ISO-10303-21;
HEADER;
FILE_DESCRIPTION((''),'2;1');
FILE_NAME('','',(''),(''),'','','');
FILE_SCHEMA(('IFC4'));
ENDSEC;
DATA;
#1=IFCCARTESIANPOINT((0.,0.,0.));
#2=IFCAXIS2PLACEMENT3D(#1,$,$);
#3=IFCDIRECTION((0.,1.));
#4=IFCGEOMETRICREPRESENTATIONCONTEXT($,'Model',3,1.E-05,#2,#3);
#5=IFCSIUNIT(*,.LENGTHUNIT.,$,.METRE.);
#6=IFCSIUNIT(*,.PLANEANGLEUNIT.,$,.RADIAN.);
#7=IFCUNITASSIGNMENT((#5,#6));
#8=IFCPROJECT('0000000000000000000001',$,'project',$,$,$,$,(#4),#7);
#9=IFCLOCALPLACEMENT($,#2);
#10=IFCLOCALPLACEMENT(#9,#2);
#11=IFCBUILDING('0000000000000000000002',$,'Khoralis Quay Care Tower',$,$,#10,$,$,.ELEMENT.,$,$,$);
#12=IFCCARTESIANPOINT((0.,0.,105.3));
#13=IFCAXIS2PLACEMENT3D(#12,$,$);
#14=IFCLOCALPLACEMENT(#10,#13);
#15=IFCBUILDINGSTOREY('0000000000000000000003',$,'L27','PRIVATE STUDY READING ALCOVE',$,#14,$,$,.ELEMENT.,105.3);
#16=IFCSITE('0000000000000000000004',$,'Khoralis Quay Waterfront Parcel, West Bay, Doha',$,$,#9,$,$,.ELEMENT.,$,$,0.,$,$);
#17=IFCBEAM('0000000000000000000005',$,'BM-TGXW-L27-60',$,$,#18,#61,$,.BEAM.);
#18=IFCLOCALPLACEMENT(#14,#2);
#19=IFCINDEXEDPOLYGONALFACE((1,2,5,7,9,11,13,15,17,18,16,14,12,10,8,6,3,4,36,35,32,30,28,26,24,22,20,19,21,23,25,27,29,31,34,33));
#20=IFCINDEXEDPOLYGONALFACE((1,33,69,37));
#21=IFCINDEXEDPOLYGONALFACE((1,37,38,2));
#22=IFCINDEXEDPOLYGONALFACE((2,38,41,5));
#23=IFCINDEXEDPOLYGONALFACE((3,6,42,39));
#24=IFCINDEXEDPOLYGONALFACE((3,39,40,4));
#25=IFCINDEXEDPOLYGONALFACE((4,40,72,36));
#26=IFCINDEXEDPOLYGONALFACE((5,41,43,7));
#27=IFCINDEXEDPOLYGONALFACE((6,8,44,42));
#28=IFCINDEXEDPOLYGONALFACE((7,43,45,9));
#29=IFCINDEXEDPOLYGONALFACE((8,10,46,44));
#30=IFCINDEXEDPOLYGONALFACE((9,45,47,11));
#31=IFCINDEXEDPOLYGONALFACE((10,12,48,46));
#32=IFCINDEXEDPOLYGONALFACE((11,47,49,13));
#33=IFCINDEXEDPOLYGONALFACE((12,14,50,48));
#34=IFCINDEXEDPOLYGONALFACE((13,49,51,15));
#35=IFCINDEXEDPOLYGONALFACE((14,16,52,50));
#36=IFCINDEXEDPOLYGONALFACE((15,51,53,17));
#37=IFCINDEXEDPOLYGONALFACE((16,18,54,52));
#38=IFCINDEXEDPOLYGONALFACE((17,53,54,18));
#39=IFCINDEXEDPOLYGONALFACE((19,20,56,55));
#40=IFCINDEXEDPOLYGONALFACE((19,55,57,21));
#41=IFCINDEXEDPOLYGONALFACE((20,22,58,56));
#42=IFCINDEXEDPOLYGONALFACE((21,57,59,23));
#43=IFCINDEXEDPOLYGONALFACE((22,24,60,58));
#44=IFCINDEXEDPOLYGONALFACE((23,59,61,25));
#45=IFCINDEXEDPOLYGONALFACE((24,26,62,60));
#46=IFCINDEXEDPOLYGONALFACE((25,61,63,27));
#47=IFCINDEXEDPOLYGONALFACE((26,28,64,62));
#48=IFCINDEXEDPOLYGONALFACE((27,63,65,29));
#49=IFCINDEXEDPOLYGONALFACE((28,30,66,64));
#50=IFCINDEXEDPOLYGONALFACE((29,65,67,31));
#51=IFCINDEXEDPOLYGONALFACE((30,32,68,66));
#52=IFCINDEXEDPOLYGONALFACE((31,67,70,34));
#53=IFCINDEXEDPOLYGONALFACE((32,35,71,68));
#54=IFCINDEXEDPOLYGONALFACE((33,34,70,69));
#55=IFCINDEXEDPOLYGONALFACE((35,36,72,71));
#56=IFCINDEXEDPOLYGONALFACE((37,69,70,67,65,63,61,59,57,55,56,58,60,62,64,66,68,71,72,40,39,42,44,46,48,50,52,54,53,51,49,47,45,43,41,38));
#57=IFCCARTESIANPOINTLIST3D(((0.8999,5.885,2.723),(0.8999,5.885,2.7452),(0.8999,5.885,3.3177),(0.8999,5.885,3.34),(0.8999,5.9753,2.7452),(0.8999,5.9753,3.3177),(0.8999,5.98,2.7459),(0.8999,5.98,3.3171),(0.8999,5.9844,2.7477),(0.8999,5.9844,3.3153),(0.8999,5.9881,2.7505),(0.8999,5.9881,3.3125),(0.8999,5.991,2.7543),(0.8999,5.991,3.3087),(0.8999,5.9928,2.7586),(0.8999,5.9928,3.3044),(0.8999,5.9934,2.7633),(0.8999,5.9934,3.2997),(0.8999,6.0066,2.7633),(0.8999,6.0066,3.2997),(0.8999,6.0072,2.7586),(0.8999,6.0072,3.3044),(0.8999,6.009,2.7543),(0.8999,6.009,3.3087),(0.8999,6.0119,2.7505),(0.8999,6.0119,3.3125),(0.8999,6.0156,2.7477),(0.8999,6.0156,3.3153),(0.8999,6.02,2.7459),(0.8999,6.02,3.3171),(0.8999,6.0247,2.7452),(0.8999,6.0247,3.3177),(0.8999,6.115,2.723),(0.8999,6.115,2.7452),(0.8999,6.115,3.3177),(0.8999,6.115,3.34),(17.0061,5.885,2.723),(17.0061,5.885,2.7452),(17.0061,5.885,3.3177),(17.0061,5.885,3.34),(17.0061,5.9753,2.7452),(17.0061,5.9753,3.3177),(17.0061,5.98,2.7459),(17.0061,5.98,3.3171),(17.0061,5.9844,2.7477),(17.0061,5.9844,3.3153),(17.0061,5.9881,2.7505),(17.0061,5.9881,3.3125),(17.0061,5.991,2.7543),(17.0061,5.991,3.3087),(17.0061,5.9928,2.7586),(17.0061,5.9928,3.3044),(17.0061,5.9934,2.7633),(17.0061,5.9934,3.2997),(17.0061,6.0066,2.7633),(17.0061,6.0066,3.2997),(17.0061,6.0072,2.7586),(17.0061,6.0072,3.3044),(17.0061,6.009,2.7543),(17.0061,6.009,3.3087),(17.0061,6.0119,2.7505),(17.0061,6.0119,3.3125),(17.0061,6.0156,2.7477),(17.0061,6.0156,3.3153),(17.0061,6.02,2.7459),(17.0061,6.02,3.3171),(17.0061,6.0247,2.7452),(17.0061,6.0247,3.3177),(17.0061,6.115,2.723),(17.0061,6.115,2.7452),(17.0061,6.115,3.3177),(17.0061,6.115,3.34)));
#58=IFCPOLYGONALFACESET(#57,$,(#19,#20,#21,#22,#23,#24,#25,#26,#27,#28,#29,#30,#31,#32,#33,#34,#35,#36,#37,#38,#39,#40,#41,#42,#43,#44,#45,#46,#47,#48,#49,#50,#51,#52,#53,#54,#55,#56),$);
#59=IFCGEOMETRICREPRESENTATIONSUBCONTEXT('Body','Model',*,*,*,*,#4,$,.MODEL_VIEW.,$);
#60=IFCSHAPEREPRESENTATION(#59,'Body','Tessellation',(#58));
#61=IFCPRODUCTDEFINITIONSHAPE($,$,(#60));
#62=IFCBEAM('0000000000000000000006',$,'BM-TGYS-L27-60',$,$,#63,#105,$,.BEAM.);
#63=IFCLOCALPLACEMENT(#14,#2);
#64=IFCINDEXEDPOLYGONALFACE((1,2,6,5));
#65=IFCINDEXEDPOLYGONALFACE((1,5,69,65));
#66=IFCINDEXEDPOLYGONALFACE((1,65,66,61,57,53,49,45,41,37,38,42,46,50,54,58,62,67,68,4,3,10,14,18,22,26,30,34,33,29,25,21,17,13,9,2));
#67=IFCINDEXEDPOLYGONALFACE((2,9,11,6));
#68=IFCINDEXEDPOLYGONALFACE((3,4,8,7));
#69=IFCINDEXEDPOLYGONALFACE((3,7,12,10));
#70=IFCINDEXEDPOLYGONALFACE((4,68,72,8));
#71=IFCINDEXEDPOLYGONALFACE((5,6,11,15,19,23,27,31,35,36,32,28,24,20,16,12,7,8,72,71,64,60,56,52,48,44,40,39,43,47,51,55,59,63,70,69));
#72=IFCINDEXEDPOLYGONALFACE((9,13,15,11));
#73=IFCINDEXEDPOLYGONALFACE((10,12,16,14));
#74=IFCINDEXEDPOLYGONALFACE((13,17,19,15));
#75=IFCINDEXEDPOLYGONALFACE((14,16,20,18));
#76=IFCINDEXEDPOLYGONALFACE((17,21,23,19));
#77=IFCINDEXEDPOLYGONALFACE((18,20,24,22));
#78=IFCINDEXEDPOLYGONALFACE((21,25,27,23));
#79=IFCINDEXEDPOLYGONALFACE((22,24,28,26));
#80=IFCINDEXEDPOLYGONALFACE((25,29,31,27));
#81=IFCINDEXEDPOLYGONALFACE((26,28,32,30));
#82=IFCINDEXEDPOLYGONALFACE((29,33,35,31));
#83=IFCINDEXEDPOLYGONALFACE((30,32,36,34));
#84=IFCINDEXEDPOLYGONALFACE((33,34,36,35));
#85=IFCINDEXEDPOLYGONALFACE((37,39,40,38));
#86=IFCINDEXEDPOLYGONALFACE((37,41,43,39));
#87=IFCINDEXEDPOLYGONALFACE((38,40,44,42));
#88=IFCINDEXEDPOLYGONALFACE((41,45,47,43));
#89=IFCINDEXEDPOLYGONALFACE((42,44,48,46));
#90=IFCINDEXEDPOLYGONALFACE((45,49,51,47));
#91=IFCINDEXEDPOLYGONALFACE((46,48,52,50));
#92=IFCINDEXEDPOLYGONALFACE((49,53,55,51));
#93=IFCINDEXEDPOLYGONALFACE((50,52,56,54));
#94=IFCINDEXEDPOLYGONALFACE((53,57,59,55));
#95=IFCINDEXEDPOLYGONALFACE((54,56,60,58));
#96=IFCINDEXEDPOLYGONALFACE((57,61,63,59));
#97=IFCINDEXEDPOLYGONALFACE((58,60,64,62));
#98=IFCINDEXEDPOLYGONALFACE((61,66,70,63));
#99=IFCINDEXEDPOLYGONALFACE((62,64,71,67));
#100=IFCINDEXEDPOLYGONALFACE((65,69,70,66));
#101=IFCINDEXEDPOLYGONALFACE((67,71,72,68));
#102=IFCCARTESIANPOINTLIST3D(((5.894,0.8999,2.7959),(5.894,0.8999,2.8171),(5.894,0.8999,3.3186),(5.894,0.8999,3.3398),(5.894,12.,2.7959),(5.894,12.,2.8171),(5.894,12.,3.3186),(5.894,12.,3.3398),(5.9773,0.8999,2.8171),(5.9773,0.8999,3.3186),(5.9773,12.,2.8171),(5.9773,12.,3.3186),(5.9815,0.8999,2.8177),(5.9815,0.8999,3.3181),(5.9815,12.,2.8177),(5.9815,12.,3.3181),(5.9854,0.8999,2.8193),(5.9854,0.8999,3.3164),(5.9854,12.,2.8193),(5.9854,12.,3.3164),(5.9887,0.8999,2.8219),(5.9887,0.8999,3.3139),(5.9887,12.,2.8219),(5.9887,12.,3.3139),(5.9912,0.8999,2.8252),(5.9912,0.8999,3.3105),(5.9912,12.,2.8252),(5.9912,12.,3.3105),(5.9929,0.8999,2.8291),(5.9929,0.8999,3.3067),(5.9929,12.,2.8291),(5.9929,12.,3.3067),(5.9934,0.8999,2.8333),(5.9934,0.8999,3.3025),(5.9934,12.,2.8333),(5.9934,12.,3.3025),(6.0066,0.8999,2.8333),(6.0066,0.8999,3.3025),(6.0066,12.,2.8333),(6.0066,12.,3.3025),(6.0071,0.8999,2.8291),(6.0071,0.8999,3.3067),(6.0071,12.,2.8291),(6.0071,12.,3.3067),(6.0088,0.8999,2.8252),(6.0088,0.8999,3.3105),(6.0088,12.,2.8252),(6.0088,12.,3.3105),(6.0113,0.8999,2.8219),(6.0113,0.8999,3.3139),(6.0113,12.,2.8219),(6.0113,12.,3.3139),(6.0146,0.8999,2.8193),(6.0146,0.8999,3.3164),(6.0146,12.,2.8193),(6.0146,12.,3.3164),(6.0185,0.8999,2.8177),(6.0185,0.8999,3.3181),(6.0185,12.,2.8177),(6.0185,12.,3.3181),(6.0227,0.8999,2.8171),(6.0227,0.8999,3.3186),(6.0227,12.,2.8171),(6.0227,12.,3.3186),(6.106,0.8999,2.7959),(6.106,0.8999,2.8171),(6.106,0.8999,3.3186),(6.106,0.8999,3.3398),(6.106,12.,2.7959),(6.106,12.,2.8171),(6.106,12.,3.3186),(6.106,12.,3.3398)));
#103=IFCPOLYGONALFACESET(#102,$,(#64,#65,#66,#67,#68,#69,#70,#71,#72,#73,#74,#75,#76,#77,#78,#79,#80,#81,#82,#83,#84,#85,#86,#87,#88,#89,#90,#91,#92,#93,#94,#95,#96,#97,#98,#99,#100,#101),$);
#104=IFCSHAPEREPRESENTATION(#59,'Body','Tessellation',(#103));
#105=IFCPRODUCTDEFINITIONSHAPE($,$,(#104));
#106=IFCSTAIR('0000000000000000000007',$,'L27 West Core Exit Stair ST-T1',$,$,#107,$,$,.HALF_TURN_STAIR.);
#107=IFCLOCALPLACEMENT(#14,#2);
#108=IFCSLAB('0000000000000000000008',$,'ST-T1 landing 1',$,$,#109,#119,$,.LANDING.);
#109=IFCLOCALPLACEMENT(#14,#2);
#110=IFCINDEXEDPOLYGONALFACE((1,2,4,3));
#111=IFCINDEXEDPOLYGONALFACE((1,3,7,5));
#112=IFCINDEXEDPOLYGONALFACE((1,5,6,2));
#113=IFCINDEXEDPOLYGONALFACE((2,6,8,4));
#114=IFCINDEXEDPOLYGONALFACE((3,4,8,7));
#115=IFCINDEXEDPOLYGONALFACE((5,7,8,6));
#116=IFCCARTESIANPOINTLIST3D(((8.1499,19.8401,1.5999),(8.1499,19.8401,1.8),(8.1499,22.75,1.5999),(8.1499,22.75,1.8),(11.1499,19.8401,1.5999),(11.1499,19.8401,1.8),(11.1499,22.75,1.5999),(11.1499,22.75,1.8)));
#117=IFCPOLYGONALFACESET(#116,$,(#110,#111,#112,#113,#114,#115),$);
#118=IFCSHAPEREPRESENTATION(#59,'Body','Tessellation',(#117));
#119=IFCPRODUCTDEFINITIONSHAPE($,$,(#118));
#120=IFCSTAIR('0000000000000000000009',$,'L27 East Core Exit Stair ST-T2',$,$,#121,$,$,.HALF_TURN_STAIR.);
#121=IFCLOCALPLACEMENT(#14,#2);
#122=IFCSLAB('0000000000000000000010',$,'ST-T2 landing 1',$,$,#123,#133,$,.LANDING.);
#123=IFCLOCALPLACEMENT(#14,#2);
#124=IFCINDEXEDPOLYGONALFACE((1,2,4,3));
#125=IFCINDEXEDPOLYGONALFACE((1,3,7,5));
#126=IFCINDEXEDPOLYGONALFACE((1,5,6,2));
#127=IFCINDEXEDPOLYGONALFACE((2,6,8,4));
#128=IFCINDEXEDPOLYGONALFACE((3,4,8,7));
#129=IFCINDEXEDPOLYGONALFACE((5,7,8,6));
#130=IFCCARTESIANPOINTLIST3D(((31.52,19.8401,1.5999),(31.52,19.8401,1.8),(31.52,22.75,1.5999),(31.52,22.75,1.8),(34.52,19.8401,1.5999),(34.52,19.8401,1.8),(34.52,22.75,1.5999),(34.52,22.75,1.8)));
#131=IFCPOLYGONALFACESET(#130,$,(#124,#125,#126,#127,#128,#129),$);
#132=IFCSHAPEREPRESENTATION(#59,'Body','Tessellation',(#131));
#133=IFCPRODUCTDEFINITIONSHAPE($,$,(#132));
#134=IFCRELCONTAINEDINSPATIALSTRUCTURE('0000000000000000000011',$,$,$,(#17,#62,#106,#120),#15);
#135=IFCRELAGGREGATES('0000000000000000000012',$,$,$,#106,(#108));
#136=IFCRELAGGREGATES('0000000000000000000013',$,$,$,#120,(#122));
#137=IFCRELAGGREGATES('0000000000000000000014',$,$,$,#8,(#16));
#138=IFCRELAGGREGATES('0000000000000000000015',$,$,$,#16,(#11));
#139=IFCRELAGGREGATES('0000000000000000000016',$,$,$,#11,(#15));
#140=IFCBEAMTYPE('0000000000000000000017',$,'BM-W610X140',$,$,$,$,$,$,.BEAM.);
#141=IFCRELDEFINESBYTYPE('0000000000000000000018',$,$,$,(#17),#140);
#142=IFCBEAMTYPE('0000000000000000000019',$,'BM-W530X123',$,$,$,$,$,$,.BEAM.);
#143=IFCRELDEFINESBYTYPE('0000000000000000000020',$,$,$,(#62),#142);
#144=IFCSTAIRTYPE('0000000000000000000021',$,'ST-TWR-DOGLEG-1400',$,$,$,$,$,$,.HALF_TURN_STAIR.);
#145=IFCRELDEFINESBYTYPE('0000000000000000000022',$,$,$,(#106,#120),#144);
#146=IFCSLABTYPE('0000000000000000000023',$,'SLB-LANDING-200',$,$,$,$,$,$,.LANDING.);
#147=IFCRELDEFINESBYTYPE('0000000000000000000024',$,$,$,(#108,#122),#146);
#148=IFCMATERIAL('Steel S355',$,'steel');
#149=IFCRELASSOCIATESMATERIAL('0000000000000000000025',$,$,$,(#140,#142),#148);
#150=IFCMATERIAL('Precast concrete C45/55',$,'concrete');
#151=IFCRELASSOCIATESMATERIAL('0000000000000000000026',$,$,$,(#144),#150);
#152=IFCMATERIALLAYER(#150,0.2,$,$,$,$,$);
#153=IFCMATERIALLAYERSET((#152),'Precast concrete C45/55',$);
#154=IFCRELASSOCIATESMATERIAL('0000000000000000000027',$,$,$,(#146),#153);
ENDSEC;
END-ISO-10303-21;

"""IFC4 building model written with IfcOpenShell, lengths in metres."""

from ifc_helpers import new_model, si_unit, direction, frame, origin, origin_2d, place, context, subcontext, project, spatial, polyline, i_section, outline, extrude, source, transform, mapped, material, layer, layer_set, material_profile, profile_set, type_object, element, aggregate, save


model = new_model("IFC4")

# Units and contexts
model_context = context("Model", 3, precision=1e-05, world=origin(), true_north=direction((0.0, 1.0)))
body_context = subcontext(model_context, "Body", "Model", "MODEL_VIEW")
ifc_project = project(units=[si_unit("LENGTHUNIT", "METRE"), si_unit("PLANEANGLEUNIT", "RADIAN")], contexts=[model_context])

# Site, building, storey
site_placement = place(None, origin())
site = spatial("IfcSite", under=ifc_project, at=site_placement, Name="Khoralis Quay Waterfront Parcel, West Bay, Doha", CompositionType="ELEMENT", RefElevation=0.0)
building_placement = place(site_placement, origin())
building = spatial("IfcBuilding", under=site, at=building_placement, Name="Khoralis Quay Care Tower", CompositionType="ELEMENT")
storey_placement = place(building_placement, frame((0.0, 0.0, 105.3)))
storey = spatial("IfcBuildingStorey", under=building, at=storey_placement, Name="L27", Description="PRIVATE STUDY READING ALCOVE", CompositionType="ELEMENT", Elevation=105.3)

# Beams
ifc_material_1 = material(Name="Steel S355", Category="steel")
ifc_material_profile_1 = material_profile(ifc_material_1, i_section(OverallWidth=0.23, OverallDepth=0.6169, WebThickness=0.0132, FlangeThickness=0.0222, FilletRadius=0.0181, at=origin_2d()), Name="Steel S355")
ifc_profile_set_1 = profile_set([ifc_material_profile_1], Name="Steel S355")
beam_type_1 = type_object("IfcBeamType", Name="BM-W610X140", PredefinedType="BEAM", material=ifc_profile_set_1)
shared_shape_1 = source(origin(), body_context, "Body", "SweptSolid", [
    extrude(i_section(OverallWidth=0.23, OverallDepth=0.6169, WebThickness=0.0132, FlangeThickness=0.0222, FilletRadius=0.0181, at=origin_2d()), origin(), (0.0, 0.0, 1.0), 16.1062),
])
beam_1_placement = place(storey_placement, frame((0.8999, 6.0, 3.0315), z_axis=(1.0, 0.0, 0.0), x_axis=(0.0, 1.0, 0.0)))
element("IfcBeam", 1, at=beam_1_placement, inside=storey, type_object=beam_type_1, Name="BM-TGXW-L27-60", PredefinedType="BEAM", context=body_context, shape_type="MappedRepresentation", body=[
    mapped(shared_shape_1, transform((0.0, 0.0, 0.0), scale=1.0)),
])
ifc_material_profile_2 = material_profile(ifc_material_1, i_section(OverallWidth=0.2119, OverallDepth=0.5439, WebThickness=0.0132, FlangeThickness=0.0212, FilletRadius=0.0161, at=origin_2d()), Name="Steel S355")
ifc_profile_set_2 = profile_set([ifc_material_profile_2], Name="Steel S355")
beam_type_2 = type_object("IfcBeamType", Name="BM-W530X123", PredefinedType="BEAM", material=ifc_profile_set_2)
shared_shape_2 = source(origin(), body_context, "Body", "SweptSolid", [
    extrude(i_section(OverallWidth=0.2119, OverallDepth=0.5439, WebThickness=0.0132, FlangeThickness=0.0212, FilletRadius=0.0161, at=origin_2d()), origin(), (0.0, 0.0, 1.0), 11.1001),
])
beam_2_placement = place(storey_placement, frame((6.0, 0.8999, 3.0679), z_axis=(0.0, 1.0, 0.0), x_axis=(-1.0, 0.0, 0.0)))
element("IfcBeam", 2, at=beam_2_placement, inside=storey, type_object=beam_type_2, Name="BM-TGYS-L27-60", PredefinedType="BEAM", context=body_context, shape_type="MappedRepresentation", body=[
    mapped(shared_shape_2, transform((0.0, 0.0, 0.0), scale=1.0)),
])

# Stairs, slabs
ifc_material_2 = material(Name="Precast concrete C45/55", Category="concrete")
stair_type = type_object("IfcStairType", Name="ST-TWR-DOGLEG-1400", PredefinedType="HALF_TURN_STAIR", material=ifc_material_2)
stair_1_placement = place(storey_placement, origin())
stair_1 = element("IfcStair", 3, at=stair_1_placement, inside=storey, type_object=stair_type, Name="L27 West Core Exit Stair ST-T1", PredefinedType="HALF_TURN_STAIR")
ifc_layer_1 = layer(ifc_material_2, 0.2)
ifc_layer_set_1 = layer_set([ifc_layer_1], Name="Precast concrete C45/55")
slab_type_1 = type_object("IfcSlabType", Name="SLB-LANDING-200", PredefinedType="LANDING", material=ifc_layer_set_1)
slab_1_placement = place(storey_placement, frame((0.0, 0.0, 1.5999)))
slab_1 = element("IfcSlab", 4, at=slab_1_placement, type_object=slab_type_1, Name="ST-T1 landing 1", PredefinedType="LANDING", context=body_context, shape_type="SweptSolid", body=[
    extrude(outline(polyline([(11.1499, 19.8401), (11.1499, 22.75), (8.1499, 22.75), (8.1499, 19.8401), (11.1499, 19.8401)])), origin(), (0.0, 0.0, 1.0), 0.2002),
])
aggregate(stair_1, [slab_1])
stair_2_placement = place(storey_placement, origin())
stair_2 = element("IfcStair", 5, at=stair_2_placement, inside=storey, type_object=stair_type, Name="L27 East Core Exit Stair ST-T2", PredefinedType="HALF_TURN_STAIR")
slab_2_placement = place(storey_placement, frame((0.0, 0.0, 1.5999)))
slab_2 = element("IfcSlab", 6, at=slab_2_placement, type_object=slab_type_1, Name="ST-T2 landing 1", PredefinedType="LANDING", context=body_context, shape_type="SweptSolid", body=[
    extrude(outline(polyline([(34.52, 19.8401), (34.52, 22.75), (31.52, 22.75), (31.52, 19.8401), (34.52, 19.8401)])), origin(), (0.0, 0.0, 1.0), 0.2002),
])
aggregate(stair_2, [slab_2])

save(model, "model.ifc")
